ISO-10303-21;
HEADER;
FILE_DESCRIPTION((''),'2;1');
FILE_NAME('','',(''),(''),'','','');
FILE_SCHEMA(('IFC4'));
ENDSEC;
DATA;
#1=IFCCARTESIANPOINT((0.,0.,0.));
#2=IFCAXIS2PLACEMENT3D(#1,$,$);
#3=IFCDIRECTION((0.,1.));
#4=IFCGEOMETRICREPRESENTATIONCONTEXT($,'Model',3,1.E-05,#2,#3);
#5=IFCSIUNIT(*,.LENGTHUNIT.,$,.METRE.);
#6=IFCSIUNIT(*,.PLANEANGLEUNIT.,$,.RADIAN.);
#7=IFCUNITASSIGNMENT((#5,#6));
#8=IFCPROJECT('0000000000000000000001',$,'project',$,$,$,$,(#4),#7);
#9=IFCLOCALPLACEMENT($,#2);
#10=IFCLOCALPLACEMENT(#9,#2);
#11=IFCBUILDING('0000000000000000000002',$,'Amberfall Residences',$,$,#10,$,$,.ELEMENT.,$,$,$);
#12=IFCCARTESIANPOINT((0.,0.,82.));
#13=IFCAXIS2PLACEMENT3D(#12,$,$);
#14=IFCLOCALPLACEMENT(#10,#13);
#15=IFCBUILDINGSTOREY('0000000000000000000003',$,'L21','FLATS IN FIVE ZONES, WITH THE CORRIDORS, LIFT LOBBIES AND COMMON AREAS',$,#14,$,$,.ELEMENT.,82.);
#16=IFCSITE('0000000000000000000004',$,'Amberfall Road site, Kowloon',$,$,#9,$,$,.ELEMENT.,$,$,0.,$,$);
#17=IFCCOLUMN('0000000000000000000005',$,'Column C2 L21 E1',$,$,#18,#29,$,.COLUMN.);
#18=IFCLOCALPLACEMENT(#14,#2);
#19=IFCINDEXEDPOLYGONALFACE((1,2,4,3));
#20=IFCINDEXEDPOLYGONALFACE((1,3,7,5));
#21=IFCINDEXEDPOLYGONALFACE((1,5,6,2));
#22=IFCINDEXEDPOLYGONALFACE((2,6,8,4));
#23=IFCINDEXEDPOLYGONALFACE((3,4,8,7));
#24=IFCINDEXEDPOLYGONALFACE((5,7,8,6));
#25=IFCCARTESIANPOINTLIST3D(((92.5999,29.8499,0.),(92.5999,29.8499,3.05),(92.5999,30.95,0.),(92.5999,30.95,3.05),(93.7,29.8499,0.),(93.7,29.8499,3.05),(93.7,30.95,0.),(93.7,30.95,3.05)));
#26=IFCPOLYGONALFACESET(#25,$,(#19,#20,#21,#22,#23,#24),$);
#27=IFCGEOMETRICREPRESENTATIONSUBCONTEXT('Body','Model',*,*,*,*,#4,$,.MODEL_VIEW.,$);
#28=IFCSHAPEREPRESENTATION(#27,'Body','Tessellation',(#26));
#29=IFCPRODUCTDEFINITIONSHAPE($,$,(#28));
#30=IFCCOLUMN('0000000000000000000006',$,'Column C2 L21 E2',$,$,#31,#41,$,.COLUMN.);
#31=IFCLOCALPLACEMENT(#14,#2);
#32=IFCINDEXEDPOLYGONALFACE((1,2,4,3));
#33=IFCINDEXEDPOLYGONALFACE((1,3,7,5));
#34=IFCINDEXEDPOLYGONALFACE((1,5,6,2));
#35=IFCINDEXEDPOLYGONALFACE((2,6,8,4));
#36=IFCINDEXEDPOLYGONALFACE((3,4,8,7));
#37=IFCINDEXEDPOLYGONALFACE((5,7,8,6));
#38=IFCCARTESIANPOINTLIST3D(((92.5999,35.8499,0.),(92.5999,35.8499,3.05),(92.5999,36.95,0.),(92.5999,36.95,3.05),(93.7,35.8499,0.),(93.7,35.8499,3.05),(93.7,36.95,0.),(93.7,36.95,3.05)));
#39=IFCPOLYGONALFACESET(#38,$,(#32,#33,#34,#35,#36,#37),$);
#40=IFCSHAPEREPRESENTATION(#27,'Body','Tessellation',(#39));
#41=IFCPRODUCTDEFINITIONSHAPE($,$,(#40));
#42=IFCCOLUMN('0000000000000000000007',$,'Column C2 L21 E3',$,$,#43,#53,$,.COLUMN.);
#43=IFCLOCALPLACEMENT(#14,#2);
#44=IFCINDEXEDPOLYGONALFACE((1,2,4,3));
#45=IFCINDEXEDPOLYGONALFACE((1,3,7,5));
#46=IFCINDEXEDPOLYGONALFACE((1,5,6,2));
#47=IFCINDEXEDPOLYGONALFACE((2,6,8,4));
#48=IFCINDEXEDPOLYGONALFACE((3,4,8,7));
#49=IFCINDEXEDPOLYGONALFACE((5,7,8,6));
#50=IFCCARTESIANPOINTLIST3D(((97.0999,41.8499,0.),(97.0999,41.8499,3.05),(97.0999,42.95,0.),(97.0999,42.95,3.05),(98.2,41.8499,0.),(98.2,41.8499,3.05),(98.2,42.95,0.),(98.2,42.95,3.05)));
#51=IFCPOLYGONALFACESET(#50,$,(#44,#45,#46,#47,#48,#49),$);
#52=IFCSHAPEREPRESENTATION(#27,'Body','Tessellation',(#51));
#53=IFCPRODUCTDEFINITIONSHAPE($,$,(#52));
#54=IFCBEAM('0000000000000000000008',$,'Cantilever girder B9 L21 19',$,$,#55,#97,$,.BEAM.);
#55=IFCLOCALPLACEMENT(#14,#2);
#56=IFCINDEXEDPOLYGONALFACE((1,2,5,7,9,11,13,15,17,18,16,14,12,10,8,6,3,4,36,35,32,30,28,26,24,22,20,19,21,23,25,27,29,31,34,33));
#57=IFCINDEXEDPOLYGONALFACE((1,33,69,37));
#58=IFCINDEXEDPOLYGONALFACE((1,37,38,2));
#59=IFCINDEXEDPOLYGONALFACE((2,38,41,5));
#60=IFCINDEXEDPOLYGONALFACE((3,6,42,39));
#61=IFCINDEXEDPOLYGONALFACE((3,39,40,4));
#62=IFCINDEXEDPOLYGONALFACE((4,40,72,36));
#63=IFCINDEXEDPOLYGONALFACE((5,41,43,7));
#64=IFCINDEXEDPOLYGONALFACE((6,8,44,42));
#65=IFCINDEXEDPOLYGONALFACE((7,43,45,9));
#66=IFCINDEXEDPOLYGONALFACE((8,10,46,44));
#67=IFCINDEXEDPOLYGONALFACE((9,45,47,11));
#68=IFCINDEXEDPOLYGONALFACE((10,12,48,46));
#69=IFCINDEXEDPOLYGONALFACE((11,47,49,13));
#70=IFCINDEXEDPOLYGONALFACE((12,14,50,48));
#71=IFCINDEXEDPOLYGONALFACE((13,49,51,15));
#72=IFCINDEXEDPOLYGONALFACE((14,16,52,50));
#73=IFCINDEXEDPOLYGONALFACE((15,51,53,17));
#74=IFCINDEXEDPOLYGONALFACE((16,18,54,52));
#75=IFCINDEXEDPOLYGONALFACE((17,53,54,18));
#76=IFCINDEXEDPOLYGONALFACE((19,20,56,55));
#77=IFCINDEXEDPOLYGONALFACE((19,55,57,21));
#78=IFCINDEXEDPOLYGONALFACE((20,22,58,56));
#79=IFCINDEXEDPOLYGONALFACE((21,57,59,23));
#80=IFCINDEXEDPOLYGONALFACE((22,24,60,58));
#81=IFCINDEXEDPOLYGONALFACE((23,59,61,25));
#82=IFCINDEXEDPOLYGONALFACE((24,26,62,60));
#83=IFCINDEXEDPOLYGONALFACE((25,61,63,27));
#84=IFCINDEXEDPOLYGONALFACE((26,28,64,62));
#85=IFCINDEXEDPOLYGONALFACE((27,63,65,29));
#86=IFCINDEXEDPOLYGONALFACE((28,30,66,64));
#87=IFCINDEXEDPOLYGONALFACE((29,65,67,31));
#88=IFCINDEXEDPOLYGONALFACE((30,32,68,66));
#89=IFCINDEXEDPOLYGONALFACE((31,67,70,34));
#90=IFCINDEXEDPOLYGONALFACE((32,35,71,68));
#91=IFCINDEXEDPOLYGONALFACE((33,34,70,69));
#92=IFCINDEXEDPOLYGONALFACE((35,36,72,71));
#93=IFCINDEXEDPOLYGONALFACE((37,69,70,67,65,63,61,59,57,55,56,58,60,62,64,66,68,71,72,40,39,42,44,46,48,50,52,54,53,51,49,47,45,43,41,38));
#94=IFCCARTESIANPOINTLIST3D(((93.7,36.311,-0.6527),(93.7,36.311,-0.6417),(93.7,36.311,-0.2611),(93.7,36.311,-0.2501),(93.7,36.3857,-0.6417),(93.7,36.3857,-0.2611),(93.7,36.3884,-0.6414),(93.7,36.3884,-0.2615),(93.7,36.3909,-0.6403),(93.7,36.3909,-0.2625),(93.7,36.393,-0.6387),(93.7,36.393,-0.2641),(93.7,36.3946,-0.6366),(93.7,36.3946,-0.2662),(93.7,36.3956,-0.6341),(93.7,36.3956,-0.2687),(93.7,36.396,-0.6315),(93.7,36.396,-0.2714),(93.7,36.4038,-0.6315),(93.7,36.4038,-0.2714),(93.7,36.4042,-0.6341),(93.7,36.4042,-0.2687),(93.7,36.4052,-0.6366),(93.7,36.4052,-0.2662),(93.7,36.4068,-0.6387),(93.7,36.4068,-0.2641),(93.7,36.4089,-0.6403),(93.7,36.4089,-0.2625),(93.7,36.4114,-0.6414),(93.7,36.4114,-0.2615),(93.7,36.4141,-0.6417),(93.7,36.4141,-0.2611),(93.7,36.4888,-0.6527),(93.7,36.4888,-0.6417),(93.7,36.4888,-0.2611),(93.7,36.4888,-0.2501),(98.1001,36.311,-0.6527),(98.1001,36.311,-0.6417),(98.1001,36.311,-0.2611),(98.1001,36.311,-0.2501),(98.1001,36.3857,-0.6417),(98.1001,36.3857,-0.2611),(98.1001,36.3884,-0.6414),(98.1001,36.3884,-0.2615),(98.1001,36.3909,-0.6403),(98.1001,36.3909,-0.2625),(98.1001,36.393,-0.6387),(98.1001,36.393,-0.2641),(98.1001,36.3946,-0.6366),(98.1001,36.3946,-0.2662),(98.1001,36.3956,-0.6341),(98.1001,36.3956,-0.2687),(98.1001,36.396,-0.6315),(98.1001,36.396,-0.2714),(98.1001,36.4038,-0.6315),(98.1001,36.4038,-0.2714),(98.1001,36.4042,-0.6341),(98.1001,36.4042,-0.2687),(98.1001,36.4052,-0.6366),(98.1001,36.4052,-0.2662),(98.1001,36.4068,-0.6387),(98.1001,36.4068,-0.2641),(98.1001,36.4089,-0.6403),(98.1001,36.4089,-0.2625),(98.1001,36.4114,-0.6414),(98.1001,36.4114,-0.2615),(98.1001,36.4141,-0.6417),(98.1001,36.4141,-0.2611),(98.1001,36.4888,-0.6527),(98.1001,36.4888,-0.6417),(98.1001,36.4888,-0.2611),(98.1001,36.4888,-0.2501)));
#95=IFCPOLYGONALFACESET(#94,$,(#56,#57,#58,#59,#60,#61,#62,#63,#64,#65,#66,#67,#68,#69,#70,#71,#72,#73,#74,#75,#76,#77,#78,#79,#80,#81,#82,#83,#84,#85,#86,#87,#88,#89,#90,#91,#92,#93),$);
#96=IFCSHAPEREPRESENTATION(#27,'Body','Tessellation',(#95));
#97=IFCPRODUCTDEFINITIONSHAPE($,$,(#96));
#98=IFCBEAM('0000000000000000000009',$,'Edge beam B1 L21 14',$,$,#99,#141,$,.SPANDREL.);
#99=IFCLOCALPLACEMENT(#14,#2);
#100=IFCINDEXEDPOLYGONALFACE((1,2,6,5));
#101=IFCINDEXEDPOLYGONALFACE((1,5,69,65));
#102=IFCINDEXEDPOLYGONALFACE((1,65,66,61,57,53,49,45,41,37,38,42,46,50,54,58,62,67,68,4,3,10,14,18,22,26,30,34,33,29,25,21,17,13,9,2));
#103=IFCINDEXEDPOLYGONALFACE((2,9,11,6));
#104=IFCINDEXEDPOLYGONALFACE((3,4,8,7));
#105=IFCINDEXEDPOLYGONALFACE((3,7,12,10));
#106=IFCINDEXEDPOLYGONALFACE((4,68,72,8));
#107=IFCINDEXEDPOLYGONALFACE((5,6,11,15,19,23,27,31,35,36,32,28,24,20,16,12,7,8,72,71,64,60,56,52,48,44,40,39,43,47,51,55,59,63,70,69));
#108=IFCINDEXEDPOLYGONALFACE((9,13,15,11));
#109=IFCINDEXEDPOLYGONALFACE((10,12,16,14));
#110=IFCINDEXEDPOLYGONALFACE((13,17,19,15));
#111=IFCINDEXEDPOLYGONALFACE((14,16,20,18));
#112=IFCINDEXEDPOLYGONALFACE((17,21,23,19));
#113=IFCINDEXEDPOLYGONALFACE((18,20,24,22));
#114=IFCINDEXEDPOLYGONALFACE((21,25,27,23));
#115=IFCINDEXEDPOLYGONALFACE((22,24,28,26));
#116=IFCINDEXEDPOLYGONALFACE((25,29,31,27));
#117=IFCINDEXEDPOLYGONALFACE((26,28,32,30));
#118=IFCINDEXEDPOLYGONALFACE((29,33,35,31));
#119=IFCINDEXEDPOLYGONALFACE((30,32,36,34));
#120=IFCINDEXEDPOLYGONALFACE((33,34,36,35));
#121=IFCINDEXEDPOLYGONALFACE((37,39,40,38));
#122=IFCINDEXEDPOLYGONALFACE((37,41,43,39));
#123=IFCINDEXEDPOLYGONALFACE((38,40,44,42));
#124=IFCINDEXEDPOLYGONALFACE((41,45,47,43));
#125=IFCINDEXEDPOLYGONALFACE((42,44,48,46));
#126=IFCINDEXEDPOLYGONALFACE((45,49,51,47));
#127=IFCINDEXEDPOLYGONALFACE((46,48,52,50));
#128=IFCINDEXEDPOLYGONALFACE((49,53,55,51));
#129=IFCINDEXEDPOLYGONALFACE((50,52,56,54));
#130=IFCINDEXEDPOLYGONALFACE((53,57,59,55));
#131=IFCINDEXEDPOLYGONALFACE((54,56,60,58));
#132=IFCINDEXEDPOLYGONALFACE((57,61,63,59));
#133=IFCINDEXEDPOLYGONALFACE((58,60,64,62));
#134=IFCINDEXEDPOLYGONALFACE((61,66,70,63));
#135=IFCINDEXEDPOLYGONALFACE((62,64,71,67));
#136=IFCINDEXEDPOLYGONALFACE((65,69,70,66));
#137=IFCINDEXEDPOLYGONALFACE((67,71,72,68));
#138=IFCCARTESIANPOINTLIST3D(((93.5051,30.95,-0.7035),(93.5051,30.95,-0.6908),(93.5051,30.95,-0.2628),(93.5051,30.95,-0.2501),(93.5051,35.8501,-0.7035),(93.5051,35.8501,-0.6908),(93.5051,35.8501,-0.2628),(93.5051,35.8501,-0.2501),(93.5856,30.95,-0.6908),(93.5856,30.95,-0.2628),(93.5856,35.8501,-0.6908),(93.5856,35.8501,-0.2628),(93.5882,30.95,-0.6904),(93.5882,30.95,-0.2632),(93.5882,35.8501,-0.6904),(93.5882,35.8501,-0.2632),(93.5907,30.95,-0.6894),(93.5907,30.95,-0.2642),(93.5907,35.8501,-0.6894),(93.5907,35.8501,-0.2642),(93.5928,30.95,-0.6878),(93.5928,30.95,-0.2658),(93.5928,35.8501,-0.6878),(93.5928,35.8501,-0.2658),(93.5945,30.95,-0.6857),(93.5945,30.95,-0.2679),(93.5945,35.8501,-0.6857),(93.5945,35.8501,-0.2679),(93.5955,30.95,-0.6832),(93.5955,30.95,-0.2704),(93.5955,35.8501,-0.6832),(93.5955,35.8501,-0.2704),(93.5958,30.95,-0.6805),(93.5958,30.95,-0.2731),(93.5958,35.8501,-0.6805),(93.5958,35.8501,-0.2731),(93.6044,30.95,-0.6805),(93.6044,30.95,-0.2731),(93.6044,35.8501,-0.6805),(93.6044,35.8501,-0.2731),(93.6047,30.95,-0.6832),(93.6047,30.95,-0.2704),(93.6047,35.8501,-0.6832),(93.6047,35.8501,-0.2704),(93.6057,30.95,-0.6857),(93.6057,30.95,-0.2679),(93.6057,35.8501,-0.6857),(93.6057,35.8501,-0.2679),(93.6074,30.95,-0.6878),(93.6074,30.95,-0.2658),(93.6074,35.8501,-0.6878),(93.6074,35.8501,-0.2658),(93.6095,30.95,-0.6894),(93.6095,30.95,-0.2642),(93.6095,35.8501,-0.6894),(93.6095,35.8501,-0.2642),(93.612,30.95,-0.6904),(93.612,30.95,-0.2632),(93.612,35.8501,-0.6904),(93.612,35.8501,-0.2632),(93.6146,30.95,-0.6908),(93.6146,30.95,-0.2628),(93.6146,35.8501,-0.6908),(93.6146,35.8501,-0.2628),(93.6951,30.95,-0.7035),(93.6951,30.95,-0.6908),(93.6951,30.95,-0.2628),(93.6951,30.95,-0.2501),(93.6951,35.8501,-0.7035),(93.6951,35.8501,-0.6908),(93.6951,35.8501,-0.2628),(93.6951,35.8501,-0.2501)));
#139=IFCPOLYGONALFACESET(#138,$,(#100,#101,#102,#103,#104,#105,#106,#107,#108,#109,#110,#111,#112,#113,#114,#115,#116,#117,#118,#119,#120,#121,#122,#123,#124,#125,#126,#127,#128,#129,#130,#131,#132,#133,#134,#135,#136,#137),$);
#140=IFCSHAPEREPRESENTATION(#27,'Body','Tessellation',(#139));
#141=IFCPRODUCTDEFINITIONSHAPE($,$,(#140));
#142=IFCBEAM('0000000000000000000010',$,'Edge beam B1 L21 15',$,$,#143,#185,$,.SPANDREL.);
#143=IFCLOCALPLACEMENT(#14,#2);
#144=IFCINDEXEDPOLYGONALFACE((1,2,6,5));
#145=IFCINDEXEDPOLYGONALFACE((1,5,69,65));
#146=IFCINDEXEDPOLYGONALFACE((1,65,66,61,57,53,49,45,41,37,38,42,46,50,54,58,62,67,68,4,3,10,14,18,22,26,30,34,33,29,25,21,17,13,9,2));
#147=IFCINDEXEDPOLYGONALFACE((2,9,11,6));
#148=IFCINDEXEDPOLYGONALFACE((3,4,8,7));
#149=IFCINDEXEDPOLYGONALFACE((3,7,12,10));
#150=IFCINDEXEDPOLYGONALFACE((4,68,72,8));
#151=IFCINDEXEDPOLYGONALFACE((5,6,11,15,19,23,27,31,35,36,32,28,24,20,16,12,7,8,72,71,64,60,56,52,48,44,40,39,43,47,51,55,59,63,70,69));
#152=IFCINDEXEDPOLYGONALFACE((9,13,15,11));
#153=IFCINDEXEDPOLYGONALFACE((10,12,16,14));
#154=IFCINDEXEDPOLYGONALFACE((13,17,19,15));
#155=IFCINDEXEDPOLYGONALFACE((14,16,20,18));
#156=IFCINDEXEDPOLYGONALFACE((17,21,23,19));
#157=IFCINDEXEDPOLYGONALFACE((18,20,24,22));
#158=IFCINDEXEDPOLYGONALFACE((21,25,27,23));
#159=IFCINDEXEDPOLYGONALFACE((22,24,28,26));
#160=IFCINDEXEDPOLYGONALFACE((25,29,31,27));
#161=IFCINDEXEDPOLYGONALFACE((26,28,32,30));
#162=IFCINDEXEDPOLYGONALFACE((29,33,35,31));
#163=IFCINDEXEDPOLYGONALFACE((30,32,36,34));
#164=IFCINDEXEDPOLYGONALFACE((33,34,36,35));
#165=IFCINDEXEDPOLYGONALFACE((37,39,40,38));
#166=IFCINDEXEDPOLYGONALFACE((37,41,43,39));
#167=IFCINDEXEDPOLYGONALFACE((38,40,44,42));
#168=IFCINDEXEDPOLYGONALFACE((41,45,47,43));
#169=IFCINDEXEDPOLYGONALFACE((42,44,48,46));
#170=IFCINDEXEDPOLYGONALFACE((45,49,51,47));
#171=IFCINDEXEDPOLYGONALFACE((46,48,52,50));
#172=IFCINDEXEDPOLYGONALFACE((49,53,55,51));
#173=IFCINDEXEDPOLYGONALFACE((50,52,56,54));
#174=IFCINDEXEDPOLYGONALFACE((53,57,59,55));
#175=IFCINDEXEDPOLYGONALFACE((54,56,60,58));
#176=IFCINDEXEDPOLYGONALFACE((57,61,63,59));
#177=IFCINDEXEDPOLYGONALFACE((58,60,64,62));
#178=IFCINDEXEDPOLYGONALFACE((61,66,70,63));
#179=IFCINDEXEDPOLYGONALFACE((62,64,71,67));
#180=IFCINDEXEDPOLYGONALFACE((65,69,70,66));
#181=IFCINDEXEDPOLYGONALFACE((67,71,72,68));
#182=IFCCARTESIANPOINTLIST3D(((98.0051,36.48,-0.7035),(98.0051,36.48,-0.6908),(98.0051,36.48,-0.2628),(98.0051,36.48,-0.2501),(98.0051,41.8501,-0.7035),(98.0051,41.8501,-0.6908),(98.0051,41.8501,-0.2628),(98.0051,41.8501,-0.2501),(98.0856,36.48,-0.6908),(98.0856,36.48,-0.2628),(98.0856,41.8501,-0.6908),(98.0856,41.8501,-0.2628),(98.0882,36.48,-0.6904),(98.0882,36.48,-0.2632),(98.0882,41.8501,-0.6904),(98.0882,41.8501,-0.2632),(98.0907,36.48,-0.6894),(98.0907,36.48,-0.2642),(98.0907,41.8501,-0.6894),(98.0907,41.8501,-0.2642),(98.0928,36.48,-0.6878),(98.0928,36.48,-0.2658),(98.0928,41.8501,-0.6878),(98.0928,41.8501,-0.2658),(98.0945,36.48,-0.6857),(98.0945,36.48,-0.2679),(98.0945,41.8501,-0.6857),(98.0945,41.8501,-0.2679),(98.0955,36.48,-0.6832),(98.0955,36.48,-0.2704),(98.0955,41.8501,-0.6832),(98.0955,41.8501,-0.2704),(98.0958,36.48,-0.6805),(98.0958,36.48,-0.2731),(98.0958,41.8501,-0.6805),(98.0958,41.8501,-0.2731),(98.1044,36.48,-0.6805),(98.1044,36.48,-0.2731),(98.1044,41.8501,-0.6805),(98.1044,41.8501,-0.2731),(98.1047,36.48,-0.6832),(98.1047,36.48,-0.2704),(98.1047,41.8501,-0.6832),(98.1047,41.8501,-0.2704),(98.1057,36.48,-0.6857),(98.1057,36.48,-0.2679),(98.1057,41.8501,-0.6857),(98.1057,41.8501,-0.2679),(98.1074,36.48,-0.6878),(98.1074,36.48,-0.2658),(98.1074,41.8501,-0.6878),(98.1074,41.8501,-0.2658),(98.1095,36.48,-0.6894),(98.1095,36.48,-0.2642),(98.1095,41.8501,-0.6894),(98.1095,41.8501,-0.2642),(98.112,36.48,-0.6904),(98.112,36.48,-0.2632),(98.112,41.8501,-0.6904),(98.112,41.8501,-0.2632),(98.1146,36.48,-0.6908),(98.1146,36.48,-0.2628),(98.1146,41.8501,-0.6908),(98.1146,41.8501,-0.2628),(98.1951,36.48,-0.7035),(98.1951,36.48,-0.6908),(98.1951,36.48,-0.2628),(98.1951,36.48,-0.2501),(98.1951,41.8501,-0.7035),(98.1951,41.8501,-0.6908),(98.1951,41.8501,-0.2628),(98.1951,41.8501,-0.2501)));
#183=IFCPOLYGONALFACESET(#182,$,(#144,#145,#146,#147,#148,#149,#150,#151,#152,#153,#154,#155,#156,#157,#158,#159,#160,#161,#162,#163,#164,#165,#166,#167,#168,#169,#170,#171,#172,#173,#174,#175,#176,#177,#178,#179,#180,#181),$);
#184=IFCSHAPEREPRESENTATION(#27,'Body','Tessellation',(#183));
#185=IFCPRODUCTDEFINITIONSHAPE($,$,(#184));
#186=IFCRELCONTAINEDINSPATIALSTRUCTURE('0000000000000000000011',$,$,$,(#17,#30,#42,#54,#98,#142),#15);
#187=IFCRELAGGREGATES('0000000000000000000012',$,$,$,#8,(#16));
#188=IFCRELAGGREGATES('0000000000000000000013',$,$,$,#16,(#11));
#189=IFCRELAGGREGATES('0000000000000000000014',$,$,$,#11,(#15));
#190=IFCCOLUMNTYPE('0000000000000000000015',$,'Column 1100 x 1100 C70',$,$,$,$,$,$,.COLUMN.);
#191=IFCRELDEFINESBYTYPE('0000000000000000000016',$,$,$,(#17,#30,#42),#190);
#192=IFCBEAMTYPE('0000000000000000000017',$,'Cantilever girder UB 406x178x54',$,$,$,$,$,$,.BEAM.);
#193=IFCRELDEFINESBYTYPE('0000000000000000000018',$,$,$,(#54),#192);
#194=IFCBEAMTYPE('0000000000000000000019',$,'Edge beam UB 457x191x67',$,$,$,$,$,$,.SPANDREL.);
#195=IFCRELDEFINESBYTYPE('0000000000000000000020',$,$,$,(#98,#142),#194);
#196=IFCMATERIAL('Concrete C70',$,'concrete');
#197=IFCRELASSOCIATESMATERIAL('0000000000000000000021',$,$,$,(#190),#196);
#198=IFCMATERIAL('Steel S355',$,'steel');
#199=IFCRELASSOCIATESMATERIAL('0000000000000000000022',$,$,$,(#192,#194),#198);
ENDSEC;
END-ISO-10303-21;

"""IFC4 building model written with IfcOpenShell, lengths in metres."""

from ifc_helpers import new_model, si_unit, direction, frame, origin, origin_2d, place, context, subcontext, project, spatial, rectangle, i_section, extrude, material, material_profile, profile_set, type_object, element, save


model = new_model("IFC4")

# Units and contexts
model_context = context("Model", 3, precision=1e-05, world=origin(), true_north=direction((0.0, 1.0)))
body_context = subcontext(model_context, "Body", "Model", "MODEL_VIEW")
ifc_project = project(units=[si_unit("LENGTHUNIT", "METRE"), si_unit("PLANEANGLEUNIT", "RADIAN")], contexts=[model_context])

# Site, building, storey
site_placement = place(None, origin())
site = spatial("IfcSite", under=ifc_project, at=site_placement, Name="Amberfall Road site, Kowloon", CompositionType="ELEMENT", RefElevation=0.0)
building_placement = place(site_placement, origin())
building = spatial("IfcBuilding", under=site, at=building_placement, Name="Amberfall Residences", CompositionType="ELEMENT")
storey_placement = place(building_placement, frame((0.0, 0.0, 82.0)))
storey = spatial("IfcBuildingStorey", under=building, at=storey_placement, Name="L21", Description="FLATS IN FIVE ZONES, WITH THE CORRIDORS, LIFT LOBBIES AND COMMON AREAS", CompositionType="ELEMENT", Elevation=82.0)

# Columns
ifc_material_1 = material(Name="Concrete C70", Category="concrete")
ifc_material_profile_1 = material_profile(ifc_material_1, rectangle(XDim=1.1001, YDim=1.1001, at=origin_2d()), Name="Column 1100 x 1100 C70")
ifc_profile_set_1 = profile_set([ifc_material_profile_1], Name="Concrete C70")
column_type = type_object("IfcColumnType", Name="Column 1100 x 1100 C70", PredefinedType="COLUMN", material=ifc_profile_set_1)
for number, where, z_axis, x_axis, name in (
    (1, (93.1499, 30.3999, 0.0), (0.0, 0.0, 1.0), (1.0, 0.0, 0.0), "Column C2 L21 E1"),
    (2, (93.1499, 36.3999, 0.0), (0.0, 0.0, 1.0), (1.0, 0.0, 0.0), "Column C2 L21 E2"),
    (3, (97.6499, 42.3999, 0.0), (0.0, 0.0, 1.0), (1.0, 0.0, 0.0), "Column C2 L21 E3"),
):
    element("IfcColumn", number, at=place(storey_placement, frame(where, z_axis=z_axis, x_axis=x_axis)), inside=storey, type_object=column_type, Name=name, PredefinedType="COLUMN", context=body_context, shape_type="SweptSolid", body=[
        extrude(rectangle(XDim=1.1001, YDim=1.1001, at=origin_2d()), origin(), (0.0, 0.0, 1.0), 3.05),
    ])

# Beams
ifc_material_2 = material(Name="Steel S355", Category="steel")
ifc_material_profile_2 = material_profile(ifc_material_2, i_section(OverallWidth=0.1777, OverallDepth=0.4026, WebThickness=0.0078, FlangeThickness=0.011, FilletRadius=0.0103, at=origin_2d()), Name="UB 406x178x54")
ifc_profile_set_2 = profile_set([ifc_material_profile_2], Name="Steel S355")
beam_type_1 = type_object("IfcBeamType", Name="Cantilever girder UB 406x178x54", PredefinedType="BEAM", material=ifc_profile_set_2)
beam_1_placement = place(storey_placement, frame((93.7, 36.3999, -0.4514), z_axis=(1.0, 0.0, 0.0), x_axis=(0.0, 1.0, 0.0)))
element("IfcBeam", 4, at=beam_1_placement, inside=storey, type_object=beam_type_1, Name="Cantilever girder B9 L21 19", PredefinedType="BEAM", context=body_context, shape_type="SweptSolid", body=[
    extrude(i_section(OverallWidth=0.1777, OverallDepth=0.4026, WebThickness=0.0078, FlangeThickness=0.011, FilletRadius=0.0103, at=origin_2d()), origin(), (0.0, 0.0, 1.0), 4.4001),
])
ifc_material_profile_3 = material_profile(ifc_material_2, i_section(OverallWidth=0.1899, OverallDepth=0.4534, WebThickness=0.0085, FlangeThickness=0.0127, FilletRadius=0.0103, at=origin_2d()), Name="UB 457x191x67")
ifc_profile_set_3 = profile_set([ifc_material_profile_3], Name="Steel S355")
beam_type_2 = type_object("IfcBeamType", Name="Edge beam UB 457x191x67", PredefinedType="SPANDREL", material=ifc_profile_set_3)
beam_2_placement = place(storey_placement, frame((93.6001, 30.95, -0.4768), z_axis=(0.0, 1.0, 0.0), x_axis=(-1.0, 0.0, 0.0)))
element("IfcBeam", 5, at=beam_2_placement, inside=storey, type_object=beam_type_2, Name="Edge beam B1 L21 14", PredefinedType="SPANDREL", context=body_context, shape_type="SweptSolid", body=[
    extrude(i_section(OverallWidth=0.1899, OverallDepth=0.4534, WebThickness=0.0085, FlangeThickness=0.0127, FilletRadius=0.0103, at=origin_2d()), origin(), (0.0, 0.0, 1.0), 4.9001),
])
beam_3_placement = place(storey_placement, frame((98.1001, 36.48, -0.4768), z_axis=(0.0, 1.0, 0.0), x_axis=(-1.0, 0.0, 0.0)))
element("IfcBeam", 6, at=beam_3_placement, inside=storey, type_object=beam_type_2, Name="Edge beam B1 L21 15", PredefinedType="SPANDREL", context=body_context, shape_type="SweptSolid", body=[
    extrude(i_section(OverallWidth=0.1899, OverallDepth=0.4534, WebThickness=0.0085, FlangeThickness=0.0127, FilletRadius=0.0103, at=origin_2d()), origin(), (0.0, 0.0, 1.0), 5.3701),
])

save(model, "model.ifc")
